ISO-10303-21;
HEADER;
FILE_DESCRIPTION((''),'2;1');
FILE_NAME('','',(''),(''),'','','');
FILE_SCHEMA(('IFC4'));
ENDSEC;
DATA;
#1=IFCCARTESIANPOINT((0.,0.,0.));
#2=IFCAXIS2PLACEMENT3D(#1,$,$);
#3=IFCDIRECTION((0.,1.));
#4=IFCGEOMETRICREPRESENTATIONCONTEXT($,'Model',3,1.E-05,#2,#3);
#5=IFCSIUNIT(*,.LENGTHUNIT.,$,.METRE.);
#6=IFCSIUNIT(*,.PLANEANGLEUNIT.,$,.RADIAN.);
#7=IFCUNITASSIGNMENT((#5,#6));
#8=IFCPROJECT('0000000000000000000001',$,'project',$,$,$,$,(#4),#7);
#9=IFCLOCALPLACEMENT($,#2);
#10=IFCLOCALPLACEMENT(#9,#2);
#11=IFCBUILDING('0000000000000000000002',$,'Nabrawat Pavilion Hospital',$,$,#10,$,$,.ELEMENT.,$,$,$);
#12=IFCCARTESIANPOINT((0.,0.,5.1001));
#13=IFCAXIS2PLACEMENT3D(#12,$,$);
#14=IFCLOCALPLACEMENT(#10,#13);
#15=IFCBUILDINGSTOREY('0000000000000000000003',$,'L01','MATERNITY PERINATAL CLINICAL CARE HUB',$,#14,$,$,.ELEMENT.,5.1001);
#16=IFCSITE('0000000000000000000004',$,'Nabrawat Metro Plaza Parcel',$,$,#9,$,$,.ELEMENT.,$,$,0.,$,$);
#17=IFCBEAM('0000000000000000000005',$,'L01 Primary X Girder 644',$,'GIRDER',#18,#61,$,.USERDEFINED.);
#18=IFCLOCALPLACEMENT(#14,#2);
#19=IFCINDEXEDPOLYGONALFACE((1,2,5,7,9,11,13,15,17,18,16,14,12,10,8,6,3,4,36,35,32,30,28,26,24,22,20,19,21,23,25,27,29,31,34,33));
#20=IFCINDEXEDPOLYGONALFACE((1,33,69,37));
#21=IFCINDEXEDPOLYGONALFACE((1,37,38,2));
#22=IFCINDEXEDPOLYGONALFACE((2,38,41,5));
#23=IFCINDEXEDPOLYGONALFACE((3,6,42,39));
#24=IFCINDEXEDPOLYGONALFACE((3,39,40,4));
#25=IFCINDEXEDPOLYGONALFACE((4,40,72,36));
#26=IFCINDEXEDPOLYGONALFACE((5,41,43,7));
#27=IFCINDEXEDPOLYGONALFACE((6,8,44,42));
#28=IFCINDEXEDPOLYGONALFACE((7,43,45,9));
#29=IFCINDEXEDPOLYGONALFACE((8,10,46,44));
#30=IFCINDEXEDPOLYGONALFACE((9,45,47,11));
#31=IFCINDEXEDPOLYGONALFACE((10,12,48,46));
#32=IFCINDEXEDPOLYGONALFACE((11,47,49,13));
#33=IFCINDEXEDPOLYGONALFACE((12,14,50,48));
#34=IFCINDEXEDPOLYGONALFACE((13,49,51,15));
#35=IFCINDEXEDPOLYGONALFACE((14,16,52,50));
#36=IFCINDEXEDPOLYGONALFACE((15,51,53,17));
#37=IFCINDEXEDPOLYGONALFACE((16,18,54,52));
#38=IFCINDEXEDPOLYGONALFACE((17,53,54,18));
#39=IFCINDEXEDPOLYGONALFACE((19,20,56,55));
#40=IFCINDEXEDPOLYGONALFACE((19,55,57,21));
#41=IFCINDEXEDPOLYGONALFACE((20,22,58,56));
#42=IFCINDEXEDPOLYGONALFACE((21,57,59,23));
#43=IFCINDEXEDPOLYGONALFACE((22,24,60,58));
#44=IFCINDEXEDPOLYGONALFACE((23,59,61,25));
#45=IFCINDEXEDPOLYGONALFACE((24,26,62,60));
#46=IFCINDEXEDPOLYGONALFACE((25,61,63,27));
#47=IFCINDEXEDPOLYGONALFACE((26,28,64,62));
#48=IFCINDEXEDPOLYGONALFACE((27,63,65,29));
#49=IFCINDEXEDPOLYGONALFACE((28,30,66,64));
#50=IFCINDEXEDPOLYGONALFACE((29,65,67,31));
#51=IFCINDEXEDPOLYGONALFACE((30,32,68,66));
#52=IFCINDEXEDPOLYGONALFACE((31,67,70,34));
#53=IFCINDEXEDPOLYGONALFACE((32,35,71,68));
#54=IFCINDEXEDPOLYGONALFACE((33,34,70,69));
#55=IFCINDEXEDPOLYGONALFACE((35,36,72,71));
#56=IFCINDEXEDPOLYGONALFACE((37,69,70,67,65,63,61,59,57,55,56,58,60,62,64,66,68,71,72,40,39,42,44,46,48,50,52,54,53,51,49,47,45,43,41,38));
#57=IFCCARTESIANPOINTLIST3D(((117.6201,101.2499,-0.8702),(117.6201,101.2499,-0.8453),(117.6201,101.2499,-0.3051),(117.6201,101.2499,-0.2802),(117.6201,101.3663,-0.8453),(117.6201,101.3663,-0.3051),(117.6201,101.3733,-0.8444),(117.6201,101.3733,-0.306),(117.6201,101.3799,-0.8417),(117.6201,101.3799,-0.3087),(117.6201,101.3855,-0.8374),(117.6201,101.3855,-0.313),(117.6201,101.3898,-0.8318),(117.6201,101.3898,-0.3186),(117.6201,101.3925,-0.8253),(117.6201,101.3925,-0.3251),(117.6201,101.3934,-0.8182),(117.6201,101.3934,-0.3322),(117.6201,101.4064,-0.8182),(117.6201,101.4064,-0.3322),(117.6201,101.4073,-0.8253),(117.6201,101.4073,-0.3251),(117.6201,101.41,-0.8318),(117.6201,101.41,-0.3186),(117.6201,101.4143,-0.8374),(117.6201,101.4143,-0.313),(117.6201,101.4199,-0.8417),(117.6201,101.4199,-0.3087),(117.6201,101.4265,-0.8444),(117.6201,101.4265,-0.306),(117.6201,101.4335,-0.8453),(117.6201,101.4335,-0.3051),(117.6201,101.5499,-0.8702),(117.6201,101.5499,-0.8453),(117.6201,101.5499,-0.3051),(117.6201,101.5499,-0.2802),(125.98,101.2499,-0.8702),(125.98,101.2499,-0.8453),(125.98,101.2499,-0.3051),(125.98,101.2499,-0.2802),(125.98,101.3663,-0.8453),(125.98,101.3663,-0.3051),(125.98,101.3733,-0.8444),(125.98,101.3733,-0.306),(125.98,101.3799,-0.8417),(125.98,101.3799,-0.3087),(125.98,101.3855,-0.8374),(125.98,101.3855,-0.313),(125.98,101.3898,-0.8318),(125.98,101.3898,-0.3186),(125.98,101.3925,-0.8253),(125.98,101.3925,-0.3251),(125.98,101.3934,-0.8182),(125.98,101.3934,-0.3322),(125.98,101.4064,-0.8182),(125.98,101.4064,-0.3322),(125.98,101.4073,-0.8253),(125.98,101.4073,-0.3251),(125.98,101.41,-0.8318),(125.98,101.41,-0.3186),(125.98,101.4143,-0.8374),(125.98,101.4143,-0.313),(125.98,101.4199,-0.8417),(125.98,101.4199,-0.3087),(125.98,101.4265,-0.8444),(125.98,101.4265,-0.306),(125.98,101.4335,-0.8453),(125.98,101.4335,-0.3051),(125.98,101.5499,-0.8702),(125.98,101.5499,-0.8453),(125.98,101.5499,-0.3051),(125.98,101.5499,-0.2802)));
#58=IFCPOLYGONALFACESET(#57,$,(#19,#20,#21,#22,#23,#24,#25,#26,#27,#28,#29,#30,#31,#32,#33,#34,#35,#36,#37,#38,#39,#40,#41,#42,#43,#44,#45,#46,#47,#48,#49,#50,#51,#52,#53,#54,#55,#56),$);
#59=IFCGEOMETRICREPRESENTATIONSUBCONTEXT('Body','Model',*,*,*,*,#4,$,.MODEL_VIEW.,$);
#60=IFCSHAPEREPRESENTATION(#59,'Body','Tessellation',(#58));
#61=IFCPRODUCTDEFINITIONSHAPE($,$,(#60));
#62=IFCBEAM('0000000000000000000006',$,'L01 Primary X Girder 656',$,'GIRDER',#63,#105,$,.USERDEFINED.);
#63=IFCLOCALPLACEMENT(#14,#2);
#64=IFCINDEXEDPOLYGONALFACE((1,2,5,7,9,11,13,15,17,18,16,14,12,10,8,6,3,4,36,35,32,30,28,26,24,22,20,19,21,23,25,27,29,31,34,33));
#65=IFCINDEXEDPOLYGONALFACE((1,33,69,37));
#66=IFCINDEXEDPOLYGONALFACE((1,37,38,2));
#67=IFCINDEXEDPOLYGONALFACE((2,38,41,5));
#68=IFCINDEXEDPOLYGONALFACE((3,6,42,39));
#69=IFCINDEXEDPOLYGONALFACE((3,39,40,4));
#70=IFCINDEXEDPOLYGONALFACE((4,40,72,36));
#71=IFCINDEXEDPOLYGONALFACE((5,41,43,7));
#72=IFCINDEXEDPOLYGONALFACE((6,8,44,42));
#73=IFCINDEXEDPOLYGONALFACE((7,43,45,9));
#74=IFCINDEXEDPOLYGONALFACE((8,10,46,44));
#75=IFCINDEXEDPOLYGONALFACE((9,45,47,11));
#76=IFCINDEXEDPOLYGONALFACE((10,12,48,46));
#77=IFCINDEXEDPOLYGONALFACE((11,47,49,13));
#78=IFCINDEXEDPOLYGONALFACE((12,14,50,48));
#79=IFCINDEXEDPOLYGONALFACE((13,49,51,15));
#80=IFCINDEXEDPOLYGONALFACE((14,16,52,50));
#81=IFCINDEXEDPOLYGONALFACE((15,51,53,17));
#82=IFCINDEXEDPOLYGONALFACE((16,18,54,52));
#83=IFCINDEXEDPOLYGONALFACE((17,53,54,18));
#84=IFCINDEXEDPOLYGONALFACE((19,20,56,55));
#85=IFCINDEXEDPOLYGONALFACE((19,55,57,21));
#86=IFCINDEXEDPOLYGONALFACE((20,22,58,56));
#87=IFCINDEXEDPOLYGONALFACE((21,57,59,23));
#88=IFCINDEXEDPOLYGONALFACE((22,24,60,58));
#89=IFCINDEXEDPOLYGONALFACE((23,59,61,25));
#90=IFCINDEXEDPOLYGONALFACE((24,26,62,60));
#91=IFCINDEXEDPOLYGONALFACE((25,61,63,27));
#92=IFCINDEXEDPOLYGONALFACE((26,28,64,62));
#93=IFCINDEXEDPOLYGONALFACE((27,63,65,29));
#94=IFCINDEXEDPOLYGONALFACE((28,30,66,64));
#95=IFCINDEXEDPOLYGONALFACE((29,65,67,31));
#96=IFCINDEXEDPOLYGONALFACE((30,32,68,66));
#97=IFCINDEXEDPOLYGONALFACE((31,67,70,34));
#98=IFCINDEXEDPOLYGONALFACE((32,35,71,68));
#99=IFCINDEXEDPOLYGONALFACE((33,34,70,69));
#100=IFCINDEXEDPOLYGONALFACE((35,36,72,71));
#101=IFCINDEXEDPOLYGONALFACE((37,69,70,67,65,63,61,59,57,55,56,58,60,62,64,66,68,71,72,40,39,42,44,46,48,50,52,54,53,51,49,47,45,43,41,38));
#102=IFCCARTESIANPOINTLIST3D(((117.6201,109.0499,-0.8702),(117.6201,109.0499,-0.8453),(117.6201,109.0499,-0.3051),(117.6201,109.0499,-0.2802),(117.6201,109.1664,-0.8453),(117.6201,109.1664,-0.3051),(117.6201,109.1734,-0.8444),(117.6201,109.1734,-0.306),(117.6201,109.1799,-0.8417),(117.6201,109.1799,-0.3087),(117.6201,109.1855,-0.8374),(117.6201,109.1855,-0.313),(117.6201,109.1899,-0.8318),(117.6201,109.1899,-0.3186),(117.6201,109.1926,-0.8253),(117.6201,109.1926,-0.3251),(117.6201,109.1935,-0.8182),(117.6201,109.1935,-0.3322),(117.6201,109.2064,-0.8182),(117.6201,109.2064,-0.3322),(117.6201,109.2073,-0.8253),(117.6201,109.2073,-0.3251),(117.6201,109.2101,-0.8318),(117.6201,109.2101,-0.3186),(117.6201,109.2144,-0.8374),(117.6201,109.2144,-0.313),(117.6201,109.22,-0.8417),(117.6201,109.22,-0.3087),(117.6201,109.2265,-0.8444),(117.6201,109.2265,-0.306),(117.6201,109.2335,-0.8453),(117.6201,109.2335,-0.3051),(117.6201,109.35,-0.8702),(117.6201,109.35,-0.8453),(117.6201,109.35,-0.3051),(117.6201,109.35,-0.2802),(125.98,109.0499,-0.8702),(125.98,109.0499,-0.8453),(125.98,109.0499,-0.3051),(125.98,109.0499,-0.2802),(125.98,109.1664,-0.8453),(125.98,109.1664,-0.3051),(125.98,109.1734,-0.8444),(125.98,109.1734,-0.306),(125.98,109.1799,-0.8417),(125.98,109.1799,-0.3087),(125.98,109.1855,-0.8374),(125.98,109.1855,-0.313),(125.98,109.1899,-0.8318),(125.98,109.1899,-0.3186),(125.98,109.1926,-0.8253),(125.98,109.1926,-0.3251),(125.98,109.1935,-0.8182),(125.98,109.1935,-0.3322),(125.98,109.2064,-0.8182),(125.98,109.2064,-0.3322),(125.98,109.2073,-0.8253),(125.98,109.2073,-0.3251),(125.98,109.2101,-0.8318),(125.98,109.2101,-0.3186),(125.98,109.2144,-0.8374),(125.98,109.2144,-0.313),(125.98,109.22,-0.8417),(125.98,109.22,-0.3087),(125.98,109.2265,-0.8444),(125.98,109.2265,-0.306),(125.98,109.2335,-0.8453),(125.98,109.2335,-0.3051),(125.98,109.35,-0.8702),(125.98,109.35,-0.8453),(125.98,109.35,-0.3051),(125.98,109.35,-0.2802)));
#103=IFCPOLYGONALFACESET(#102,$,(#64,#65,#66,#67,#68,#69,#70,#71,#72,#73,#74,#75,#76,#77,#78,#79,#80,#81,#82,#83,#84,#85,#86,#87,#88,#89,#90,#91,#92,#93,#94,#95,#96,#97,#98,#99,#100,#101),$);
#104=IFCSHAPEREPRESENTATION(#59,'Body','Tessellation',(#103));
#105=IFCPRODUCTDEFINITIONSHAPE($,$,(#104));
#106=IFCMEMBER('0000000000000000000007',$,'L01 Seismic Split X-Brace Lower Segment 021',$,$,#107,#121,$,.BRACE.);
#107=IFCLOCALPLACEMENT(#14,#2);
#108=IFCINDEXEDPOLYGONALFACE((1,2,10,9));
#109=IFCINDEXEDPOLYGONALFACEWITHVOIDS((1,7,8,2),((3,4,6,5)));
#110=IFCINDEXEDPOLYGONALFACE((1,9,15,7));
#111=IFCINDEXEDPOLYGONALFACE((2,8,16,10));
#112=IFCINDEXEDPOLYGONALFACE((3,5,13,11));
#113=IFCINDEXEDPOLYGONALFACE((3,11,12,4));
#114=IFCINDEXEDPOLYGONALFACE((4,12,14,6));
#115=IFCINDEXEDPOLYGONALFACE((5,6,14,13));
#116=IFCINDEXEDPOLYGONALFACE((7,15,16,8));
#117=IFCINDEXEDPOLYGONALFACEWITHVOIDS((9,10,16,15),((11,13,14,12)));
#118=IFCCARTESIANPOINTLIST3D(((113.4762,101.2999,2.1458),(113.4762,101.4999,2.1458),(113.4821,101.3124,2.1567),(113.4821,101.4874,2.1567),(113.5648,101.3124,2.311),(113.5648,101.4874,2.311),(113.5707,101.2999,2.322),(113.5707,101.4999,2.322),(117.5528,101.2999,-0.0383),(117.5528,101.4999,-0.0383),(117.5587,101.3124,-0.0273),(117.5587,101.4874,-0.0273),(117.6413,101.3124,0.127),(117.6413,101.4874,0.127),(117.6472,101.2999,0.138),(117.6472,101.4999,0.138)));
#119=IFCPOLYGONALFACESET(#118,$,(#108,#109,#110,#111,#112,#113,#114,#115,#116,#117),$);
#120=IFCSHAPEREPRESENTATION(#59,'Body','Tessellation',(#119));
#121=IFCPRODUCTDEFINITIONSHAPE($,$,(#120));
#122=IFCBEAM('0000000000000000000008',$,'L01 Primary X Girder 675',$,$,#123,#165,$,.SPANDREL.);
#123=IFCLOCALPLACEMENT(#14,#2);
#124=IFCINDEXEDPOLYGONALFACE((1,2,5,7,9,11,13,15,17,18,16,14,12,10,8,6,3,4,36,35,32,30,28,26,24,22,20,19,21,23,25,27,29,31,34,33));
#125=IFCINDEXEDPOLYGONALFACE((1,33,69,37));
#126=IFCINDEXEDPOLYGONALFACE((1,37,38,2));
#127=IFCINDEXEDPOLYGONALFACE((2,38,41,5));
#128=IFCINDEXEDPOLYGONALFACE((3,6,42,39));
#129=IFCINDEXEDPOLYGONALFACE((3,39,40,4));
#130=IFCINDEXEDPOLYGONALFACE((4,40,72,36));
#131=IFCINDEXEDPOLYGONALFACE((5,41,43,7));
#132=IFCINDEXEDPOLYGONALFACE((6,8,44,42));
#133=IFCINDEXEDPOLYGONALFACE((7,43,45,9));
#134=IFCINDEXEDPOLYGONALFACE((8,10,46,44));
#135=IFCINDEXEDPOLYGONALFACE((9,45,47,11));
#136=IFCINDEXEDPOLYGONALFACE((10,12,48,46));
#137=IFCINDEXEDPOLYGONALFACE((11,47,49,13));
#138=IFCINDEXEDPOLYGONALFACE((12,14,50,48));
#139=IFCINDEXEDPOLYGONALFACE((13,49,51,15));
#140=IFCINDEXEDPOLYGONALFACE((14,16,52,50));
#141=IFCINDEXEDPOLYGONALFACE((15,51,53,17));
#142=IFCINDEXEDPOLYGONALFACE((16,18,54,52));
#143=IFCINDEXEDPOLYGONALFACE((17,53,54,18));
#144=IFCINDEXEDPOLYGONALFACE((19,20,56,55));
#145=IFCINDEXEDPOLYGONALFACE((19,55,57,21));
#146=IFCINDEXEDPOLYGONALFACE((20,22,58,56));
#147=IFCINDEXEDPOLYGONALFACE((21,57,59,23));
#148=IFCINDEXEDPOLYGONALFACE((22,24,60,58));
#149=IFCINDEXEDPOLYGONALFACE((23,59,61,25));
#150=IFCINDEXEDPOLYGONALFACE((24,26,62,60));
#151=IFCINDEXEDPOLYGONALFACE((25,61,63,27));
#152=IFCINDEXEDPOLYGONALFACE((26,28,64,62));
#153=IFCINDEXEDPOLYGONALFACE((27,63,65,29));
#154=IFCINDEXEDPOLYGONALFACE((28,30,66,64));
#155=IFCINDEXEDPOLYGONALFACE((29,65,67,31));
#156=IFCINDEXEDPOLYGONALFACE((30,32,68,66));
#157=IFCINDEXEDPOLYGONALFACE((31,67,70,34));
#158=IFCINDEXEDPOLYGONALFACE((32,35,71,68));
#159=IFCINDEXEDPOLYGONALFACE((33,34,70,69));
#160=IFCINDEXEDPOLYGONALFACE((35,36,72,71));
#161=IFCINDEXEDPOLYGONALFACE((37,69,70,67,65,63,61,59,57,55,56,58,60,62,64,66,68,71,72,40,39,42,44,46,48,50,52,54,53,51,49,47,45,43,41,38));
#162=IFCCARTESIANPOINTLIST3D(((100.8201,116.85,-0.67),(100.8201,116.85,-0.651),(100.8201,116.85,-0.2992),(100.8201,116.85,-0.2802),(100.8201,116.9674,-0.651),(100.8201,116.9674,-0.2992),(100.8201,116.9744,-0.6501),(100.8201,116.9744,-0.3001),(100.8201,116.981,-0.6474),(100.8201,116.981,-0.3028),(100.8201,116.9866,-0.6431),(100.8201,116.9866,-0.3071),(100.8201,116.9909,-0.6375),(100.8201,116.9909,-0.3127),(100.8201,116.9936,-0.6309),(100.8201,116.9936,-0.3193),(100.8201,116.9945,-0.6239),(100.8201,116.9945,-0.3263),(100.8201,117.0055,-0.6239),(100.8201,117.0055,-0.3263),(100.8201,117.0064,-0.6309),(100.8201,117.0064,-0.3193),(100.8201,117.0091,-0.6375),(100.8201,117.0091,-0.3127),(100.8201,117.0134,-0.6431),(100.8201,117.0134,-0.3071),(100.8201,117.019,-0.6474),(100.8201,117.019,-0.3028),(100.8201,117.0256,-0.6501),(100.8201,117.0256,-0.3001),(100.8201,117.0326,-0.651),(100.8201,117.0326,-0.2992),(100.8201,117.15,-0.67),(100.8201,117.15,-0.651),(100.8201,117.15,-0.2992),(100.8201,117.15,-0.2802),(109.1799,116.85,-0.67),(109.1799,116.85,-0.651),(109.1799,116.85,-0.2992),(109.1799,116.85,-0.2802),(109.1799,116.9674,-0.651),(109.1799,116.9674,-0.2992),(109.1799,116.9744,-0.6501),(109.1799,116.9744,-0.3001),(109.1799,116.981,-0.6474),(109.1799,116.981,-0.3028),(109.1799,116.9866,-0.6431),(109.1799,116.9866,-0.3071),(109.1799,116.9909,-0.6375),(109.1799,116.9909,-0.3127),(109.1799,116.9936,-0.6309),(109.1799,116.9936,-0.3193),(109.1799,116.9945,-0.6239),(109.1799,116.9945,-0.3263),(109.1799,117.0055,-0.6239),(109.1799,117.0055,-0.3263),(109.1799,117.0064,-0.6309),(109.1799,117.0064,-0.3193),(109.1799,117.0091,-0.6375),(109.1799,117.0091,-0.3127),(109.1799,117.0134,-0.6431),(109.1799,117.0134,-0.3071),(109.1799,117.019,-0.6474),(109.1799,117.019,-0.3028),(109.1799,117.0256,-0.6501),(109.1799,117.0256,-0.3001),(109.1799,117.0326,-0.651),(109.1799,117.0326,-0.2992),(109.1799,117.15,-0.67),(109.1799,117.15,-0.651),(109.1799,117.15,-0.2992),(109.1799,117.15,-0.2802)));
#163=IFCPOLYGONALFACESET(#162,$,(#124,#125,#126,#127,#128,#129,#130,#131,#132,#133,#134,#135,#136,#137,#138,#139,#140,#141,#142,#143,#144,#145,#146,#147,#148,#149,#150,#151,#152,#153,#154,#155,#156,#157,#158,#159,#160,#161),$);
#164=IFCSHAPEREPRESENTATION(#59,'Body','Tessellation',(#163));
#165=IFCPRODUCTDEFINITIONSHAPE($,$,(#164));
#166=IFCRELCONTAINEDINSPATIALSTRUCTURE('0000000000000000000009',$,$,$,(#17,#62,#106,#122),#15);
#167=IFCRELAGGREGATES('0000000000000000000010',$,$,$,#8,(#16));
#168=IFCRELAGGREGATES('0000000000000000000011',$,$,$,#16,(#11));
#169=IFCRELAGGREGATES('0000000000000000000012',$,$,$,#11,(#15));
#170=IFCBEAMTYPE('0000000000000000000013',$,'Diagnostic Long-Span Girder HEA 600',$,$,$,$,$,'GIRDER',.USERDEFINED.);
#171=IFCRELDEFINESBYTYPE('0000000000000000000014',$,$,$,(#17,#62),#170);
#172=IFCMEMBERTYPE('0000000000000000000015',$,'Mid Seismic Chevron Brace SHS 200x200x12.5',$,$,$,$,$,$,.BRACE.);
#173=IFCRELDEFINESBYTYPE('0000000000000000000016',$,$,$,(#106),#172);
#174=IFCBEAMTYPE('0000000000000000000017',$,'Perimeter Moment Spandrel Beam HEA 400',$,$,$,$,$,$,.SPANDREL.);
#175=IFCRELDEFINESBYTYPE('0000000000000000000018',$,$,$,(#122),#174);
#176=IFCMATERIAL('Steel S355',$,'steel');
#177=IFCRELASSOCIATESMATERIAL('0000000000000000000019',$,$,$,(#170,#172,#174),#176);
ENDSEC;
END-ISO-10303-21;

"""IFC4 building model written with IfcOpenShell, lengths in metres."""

from ifc_helpers import new_model, si_unit, direction, frame, origin, origin_2d, place, context, subcontext, project, spatial, hollow_rectangle, i_section, extrude, material, material_profile, profile_set, type_object, element, save


model = new_model("IFC4")

# Units and contexts
model_context = context("Model", 3, precision=1e-05, world=origin(), true_north=direction((0.0, 1.0)))
body_context = subcontext(model_context, "Body", "Model", "MODEL_VIEW")
ifc_project = project(units=[si_unit("LENGTHUNIT", "METRE"), si_unit("PLANEANGLEUNIT", "RADIAN")], contexts=[model_context])

# Site, building, storey
site_placement = place(None, origin())
site = spatial("IfcSite", under=ifc_project, at=site_placement, Name="Nabrawat Metro Plaza Parcel", CompositionType="ELEMENT", RefElevation=0.0)
building_placement = place(site_placement, origin())
building = spatial("IfcBuilding", under=site, at=building_placement, Name="Nabrawat Pavilion Hospital", CompositionType="ELEMENT")
storey_placement = place(building_placement, frame((0.0, 0.0, 5.1001)))
storey = spatial("IfcBuildingStorey", under=building, at=storey_placement, Name="L01", Description="MATERNITY PERINATAL CLINICAL CARE HUB", CompositionType="ELEMENT", Elevation=5.1001)

# Shared definitions
ifc_material_1 = material(Name="Steel S355", Category="steel")

# Beams
ifc_material_profile_1 = material_profile(ifc_material_1, i_section(OverallWidth=0.3, OverallDepth=0.5901, WebThickness=0.0129, FlangeThickness=0.0249, FilletRadius=0.0271, at=origin_2d()), Name="HEA 600")
ifc_profile_set_1 = profile_set([ifc_material_profile_1], Name="Steel S355")
beam_type_1 = type_object("IfcBeamType", Name="Diagnostic Long-Span Girder HEA 600", ElementType="GIRDER", PredefinedType="USERDEFINED", material=ifc_profile_set_1)
for number, where, z_axis, x_axis, name in (
    (1, (117.6201, 101.3999, -0.5752), (1.0, 0.0, 0.0), (0.0, 1.0, 0.0), "L01 Primary X Girder 644"),
    (2, (117.6201, 109.2, -0.5752), (1.0, 0.0, 0.0), (0.0, 1.0, 0.0), "L01 Primary X Girder 656"),
):
    element("IfcBeam", number, at=place(storey_placement, frame(where, z_axis=z_axis, x_axis=x_axis)), inside=storey, type_object=beam_type_1, Name=name, ObjectType="GIRDER", PredefinedType="USERDEFINED", context=body_context, shape_type="SweptSolid", body=[
        extrude(i_section(OverallWidth=0.3, OverallDepth=0.5901, WebThickness=0.0129, FlangeThickness=0.0249, FilletRadius=0.0271, at=origin_2d()), origin(), (0.0, 0.0, 1.0), 8.3599),
    ])

# Member
ifc_material_profile_2 = material_profile(ifc_material_1, hollow_rectangle(XDim=0.2, YDim=0.2, WallThickness=0.0125, at=origin_2d()), Name="SHS 200x200x12.5")
ifc_profile_set_2 = profile_set([ifc_material_profile_2], Name="Steel S355")
member_type = type_object("IfcMemberType", Name="Mid Seismic Chevron Brace SHS 200x200x12.5", PredefinedType="BRACE", material=ifc_profile_set_2)
member_placement = place(storey_placement, frame((113.5234, 101.3999, 2.2339), z_axis=(0.881466, 0.0, -0.472248), x_axis=(0.0, 1.0, 0.0)))
element("IfcMember", 3, at=member_placement, inside=storey, type_object=member_type, Name="L01 Seismic Split X-Brace Lower Segment 021", PredefinedType="BRACE", context=body_context, shape_type="SweptSolid", body=[
    extrude(hollow_rectangle(XDim=0.2, YDim=0.2, WallThickness=0.0125, at=origin_2d()), origin(), (0.0, 0.0, 1.0), 4.6248),
])

# Beam
ifc_material_profile_3 = material_profile(ifc_material_1, i_section(OverallWidth=0.3, OverallDepth=0.3899, WebThickness=0.011, FlangeThickness=0.019, FilletRadius=0.0271, at=origin_2d()), Name="HEA 400")
ifc_profile_set_3 = profile_set([ifc_material_profile_3], Name="Steel S355")
beam_type_2 = type_object("IfcBeamType", Name="Perimeter Moment Spandrel Beam HEA 400", PredefinedType="SPANDREL", material=ifc_profile_set_3)
beam_1_placement = place(storey_placement, frame((100.8201, 117.0, -0.4751), z_axis=(1.0, 0.0, 0.0), x_axis=(0.0, 1.0, 0.0)))
element("IfcBeam", 4, at=beam_1_placement, inside=storey, type_object=beam_type_2, Name="L01 Primary X Girder 675", PredefinedType="SPANDREL", context=body_context, shape_type="SweptSolid", body=[
    extrude(i_section(OverallWidth=0.3, OverallDepth=0.3899, WebThickness=0.011, FlangeThickness=0.019, FilletRadius=0.0271, at=origin_2d()), origin(), (0.0, 0.0, 1.0), 8.3599),
])

save(model, "model.ifc")
